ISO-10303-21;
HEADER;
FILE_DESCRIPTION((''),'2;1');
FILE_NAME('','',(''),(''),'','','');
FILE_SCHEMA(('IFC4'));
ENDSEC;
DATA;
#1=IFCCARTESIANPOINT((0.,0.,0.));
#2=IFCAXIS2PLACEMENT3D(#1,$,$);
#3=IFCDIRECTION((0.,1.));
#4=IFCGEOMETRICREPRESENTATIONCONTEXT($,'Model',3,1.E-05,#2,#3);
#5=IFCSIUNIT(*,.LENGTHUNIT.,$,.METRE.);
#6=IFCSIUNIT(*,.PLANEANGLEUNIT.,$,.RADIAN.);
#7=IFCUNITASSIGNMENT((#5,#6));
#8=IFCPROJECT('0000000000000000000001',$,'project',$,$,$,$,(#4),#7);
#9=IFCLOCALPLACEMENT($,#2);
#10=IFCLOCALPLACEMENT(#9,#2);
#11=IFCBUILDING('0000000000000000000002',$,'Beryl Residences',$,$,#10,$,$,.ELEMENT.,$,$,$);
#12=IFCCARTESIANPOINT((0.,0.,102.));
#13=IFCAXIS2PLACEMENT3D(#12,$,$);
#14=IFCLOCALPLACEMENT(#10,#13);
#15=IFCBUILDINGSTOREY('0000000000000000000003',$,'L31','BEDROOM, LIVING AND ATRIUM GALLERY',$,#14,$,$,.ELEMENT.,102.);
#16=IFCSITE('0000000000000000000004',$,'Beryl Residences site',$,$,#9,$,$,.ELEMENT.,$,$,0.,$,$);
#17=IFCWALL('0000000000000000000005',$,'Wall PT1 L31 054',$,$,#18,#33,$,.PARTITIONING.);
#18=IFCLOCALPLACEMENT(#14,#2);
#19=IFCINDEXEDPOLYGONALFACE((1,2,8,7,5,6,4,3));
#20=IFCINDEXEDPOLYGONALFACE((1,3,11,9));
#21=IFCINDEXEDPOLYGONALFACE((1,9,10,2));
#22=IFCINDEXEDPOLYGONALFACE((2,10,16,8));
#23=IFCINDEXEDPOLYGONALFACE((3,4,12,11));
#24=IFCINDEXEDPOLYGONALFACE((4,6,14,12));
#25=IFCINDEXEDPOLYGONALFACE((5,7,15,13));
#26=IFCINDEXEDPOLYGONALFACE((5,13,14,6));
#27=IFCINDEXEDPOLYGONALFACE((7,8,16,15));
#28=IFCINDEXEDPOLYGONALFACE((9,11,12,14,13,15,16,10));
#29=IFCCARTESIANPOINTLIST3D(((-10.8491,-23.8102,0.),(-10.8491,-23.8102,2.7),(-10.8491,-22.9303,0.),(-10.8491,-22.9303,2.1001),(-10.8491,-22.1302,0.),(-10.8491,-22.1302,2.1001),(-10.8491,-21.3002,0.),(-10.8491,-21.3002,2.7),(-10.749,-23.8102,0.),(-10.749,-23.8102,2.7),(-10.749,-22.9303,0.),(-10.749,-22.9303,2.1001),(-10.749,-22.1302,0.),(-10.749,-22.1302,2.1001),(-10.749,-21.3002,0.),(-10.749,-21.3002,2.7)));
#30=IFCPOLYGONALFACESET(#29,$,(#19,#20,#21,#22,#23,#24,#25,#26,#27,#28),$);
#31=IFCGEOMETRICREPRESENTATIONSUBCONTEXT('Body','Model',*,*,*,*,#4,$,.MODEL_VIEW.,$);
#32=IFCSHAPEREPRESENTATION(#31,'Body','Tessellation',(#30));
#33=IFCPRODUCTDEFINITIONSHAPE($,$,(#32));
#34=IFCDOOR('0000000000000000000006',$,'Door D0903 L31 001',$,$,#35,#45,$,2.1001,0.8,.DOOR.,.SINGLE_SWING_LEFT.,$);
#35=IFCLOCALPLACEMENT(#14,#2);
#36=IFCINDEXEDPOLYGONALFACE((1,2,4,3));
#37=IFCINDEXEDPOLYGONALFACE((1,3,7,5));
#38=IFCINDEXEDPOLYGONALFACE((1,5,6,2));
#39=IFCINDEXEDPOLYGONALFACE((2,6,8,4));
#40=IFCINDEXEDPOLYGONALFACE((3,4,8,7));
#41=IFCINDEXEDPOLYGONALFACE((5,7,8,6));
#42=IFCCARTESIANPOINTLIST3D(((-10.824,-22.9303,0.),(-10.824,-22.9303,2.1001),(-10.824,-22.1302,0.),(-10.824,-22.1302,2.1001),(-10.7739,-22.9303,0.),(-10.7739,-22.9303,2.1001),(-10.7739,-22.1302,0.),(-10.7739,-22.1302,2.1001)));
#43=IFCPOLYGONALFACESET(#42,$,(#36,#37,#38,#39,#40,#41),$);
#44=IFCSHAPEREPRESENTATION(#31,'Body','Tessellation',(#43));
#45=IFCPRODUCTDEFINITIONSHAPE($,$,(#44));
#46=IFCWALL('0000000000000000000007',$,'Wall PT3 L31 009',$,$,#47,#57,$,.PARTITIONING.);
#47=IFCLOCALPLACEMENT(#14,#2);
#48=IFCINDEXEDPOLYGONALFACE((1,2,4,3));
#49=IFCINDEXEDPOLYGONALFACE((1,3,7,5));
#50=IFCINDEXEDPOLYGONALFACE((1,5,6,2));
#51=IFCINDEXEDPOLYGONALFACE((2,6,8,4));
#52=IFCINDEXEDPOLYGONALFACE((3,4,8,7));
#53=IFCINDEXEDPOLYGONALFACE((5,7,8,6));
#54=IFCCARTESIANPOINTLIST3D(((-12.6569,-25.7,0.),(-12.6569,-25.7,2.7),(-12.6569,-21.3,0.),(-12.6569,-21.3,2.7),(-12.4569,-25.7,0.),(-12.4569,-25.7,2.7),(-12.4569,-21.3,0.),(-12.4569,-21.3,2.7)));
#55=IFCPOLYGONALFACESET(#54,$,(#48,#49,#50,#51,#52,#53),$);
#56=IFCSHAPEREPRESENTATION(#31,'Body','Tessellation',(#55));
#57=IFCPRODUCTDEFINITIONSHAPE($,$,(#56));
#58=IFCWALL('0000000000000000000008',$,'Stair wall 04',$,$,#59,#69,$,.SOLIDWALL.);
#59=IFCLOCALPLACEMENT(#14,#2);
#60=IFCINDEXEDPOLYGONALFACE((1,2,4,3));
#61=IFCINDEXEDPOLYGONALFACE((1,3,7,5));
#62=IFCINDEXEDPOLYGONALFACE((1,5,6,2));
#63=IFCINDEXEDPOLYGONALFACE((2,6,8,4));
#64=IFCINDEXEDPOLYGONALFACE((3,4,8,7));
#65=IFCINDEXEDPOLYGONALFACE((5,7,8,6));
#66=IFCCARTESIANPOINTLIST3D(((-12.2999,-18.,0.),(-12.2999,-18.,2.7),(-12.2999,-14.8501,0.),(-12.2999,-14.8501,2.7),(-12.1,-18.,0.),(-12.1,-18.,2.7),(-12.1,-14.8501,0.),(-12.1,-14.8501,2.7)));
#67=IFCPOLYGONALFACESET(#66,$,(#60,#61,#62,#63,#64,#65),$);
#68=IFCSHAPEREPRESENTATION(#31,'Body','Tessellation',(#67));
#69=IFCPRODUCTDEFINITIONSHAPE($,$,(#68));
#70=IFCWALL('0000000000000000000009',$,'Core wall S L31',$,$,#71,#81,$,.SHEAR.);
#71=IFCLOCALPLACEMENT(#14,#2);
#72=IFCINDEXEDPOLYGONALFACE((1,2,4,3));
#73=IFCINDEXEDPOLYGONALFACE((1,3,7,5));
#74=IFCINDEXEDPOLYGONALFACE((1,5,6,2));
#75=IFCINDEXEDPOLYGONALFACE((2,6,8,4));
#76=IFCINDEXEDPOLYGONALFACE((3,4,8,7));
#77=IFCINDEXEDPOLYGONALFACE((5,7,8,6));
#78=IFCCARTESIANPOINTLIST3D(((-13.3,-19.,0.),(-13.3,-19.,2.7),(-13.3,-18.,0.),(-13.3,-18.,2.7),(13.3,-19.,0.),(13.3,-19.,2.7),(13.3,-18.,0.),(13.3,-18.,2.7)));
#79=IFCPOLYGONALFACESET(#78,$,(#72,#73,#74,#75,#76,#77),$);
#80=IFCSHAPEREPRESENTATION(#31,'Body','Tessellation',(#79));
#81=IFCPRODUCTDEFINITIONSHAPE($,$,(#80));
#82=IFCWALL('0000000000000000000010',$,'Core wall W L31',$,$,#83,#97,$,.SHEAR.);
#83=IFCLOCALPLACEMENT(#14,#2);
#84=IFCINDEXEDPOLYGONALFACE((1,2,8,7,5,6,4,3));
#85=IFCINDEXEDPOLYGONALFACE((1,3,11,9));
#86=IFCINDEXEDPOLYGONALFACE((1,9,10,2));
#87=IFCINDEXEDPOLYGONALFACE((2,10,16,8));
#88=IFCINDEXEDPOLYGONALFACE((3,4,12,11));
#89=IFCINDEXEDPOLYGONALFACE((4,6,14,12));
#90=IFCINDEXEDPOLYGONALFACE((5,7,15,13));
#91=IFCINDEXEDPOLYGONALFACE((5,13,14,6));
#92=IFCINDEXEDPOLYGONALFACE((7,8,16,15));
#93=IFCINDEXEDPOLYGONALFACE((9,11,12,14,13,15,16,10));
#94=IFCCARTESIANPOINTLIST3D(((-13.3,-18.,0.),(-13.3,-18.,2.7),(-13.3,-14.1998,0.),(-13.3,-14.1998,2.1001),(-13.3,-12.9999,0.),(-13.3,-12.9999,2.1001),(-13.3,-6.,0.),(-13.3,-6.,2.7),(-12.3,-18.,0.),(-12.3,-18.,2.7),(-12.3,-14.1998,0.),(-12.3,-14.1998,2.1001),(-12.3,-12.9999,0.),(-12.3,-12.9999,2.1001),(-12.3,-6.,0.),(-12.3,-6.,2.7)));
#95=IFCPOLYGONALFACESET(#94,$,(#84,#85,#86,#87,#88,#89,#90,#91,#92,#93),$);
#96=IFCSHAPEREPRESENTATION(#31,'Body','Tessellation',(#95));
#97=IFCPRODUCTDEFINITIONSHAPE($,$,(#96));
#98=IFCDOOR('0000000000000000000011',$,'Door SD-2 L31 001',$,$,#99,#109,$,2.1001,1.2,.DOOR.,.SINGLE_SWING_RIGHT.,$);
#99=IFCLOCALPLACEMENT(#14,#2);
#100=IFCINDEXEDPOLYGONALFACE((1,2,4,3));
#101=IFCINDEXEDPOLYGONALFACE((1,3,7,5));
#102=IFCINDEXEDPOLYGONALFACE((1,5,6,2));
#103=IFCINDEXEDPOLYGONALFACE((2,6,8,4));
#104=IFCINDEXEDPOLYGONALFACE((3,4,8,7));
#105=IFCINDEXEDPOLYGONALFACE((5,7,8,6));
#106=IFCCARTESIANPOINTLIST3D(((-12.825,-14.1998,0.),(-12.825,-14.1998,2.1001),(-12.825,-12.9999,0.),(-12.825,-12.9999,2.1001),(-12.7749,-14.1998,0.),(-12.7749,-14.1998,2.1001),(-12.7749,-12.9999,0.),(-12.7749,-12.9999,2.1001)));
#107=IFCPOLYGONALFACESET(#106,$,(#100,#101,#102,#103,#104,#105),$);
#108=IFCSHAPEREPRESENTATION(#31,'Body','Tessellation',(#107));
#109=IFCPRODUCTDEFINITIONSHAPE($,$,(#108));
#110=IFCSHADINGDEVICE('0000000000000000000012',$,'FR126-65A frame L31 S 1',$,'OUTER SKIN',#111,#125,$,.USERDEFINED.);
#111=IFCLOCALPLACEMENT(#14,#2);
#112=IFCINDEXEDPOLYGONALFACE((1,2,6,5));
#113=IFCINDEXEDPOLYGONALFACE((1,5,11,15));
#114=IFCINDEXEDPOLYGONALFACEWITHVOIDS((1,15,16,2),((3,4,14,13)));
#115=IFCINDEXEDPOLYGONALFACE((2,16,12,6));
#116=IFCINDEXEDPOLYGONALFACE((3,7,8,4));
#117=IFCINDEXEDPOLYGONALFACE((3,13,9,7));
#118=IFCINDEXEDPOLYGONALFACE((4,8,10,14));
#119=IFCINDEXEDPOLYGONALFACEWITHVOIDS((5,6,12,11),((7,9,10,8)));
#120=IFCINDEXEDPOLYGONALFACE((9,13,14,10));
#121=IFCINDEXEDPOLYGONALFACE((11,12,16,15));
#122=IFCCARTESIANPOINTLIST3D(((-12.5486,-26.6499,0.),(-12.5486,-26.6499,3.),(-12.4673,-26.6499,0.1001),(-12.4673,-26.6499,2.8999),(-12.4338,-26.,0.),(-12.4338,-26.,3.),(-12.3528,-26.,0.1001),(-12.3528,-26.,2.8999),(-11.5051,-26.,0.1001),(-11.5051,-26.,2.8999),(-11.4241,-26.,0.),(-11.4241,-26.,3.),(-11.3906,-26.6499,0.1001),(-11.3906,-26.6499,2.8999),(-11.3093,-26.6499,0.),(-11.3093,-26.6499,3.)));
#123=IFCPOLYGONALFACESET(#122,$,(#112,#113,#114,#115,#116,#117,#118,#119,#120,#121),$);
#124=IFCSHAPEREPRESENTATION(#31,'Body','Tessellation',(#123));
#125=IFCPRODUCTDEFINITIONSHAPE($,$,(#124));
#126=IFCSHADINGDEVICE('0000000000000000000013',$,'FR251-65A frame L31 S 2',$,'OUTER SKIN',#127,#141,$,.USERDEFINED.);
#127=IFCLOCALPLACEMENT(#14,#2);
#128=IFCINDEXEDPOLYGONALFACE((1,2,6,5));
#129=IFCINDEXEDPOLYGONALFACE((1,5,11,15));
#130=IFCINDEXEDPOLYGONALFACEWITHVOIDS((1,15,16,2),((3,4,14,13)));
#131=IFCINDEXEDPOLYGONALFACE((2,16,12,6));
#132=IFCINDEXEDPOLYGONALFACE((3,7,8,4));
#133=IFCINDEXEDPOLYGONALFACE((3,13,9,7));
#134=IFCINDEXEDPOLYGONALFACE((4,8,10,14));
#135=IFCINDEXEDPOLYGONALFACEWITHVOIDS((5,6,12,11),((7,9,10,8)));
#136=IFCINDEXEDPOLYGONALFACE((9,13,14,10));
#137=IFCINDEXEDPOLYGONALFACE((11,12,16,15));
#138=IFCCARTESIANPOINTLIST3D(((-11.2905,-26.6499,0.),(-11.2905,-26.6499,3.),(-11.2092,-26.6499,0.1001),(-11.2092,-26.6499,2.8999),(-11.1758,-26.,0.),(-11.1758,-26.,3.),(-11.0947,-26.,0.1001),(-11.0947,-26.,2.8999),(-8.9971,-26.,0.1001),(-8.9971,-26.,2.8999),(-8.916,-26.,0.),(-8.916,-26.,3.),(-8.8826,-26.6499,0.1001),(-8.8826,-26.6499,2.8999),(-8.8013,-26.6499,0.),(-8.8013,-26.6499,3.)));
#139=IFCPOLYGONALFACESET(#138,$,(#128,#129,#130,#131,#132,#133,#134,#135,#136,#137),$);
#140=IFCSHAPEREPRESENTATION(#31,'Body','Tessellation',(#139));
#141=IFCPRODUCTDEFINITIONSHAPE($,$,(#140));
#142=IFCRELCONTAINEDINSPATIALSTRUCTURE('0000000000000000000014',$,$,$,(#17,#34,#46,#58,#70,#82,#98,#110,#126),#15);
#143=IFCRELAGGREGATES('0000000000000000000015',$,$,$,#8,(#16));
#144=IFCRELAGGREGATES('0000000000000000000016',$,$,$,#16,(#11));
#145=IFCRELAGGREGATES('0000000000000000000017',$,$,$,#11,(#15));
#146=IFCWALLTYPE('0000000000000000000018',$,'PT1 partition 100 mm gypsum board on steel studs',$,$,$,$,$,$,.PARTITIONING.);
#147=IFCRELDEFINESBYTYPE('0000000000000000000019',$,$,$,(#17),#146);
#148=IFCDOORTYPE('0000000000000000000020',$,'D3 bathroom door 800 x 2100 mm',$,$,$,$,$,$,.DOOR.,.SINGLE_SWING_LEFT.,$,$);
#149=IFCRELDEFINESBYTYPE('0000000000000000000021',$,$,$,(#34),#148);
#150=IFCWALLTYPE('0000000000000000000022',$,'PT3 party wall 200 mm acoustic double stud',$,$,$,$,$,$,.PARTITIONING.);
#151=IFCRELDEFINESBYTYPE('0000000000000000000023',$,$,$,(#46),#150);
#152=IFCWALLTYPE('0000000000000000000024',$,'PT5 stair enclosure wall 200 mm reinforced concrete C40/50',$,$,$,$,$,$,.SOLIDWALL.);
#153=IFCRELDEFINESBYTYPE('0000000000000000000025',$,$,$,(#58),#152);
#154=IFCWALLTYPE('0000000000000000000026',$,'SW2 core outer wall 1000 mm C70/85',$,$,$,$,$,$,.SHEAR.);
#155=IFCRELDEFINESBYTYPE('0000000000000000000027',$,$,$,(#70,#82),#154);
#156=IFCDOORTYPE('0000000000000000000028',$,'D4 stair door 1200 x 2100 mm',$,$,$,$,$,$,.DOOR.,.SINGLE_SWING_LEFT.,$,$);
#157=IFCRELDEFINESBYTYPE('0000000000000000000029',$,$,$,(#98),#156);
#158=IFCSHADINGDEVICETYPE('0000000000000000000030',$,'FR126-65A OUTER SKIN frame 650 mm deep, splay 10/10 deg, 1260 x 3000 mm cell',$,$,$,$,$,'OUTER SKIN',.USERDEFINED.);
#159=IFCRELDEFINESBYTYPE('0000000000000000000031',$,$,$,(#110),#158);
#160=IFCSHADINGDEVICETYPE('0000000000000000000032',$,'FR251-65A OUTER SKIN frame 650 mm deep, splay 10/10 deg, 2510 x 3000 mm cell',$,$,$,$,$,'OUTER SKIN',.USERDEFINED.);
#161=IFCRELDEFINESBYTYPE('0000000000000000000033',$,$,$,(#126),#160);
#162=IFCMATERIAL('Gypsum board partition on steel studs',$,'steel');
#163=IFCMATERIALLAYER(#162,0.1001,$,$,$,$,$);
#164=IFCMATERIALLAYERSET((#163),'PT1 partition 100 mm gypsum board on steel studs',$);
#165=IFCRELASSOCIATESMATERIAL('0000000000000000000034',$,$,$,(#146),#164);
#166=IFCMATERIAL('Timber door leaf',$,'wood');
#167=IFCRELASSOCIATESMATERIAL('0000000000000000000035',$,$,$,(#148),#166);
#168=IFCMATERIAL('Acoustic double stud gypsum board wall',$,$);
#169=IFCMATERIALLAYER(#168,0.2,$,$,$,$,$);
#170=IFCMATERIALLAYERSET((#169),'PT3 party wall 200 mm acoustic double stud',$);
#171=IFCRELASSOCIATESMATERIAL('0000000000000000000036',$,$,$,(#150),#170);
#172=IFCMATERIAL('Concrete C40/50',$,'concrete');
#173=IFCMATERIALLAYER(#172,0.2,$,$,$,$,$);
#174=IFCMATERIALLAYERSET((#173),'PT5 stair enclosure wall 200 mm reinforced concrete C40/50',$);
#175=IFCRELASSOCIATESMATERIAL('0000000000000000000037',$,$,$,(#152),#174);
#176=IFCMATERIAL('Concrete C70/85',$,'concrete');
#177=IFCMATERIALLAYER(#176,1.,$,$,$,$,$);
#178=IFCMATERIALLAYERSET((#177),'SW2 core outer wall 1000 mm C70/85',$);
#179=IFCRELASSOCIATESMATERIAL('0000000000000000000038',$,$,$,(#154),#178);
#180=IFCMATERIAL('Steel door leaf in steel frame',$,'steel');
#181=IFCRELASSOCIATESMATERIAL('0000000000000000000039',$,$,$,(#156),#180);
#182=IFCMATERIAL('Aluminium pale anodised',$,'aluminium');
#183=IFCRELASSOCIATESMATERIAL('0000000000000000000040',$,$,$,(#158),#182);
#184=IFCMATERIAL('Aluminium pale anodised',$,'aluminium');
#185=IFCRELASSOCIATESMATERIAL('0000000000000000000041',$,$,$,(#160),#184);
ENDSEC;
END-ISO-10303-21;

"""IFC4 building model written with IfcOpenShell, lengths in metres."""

from ifc_helpers import new_model, entity, si_unit, direction, frame, frame_2d, origin, place, context, subcontext, project, spatial, rectangle, extrude, source, transform, mapped, material, layer, layer_set, type_object, type_shapes, element, fill, save


model = new_model("IFC4")

# Units and contexts
model_context = context("Model", 3, precision=1e-05, world=origin(), true_north=direction((0.0, 1.0)))
body_context = subcontext(model_context, "Body", "Model", "MODEL_VIEW")
ifc_project = project(units=[si_unit("LENGTHUNIT", "METRE"), si_unit("PLANEANGLEUNIT", "RADIAN")], contexts=[model_context])

# Site, building, storey
site_placement = place(None, origin())
site = spatial("IfcSite", under=ifc_project, at=site_placement, Name="Beryl Residences site", CompositionType="ELEMENT", RefElevation=0.0)
building_placement = place(site_placement, origin())
building = spatial("IfcBuilding", under=site, at=building_placement, Name="Beryl Residences", CompositionType="ELEMENT")
storey_placement = place(building_placement, frame((0.0, 0.0, 102.0)))
storey = spatial("IfcBuildingStorey", under=building, at=storey_placement, Name="L31", Description="BEDROOM, LIVING AND ATRIUM GALLERY", CompositionType="ELEMENT", Elevation=102.0)

# Shared definitions
ifc_material_1 = material(Name="Gypsum board partition on steel studs", Category="steel")
ifc_layer_1 = layer(ifc_material_1, 0.1001)
ifc_layer_set_1 = layer_set([ifc_layer_1], Name="PT1 partition 100 mm gypsum board on steel studs")
wall_type_1 = type_object("IfcWallType", Name="PT1 partition 100 mm gypsum board on steel studs", PredefinedType="PARTITIONING", material=ifc_layer_set_1)

# Wall, opening, door
wall_1_placement = place(storey_placement, frame((-10.7991, -23.8101, 0.0), z_axis=(0.0, 0.0, 1.0), x_axis=(0.0, 1.0, 0.0)))
wall_1 = element("IfcWall", 1, at=wall_1_placement, inside=storey, type_object=wall_type_1, Name="Wall PT1 L31 054", PredefinedType="PARTITIONING", context=body_context, shape_type="SweptSolid", body=[
    extrude(rectangle(XDim=2.51, YDim=0.1001, at=frame_2d((1.2549, 0.0))), origin(), (0.0, 0.0, 1.0), 2.7),
])
opening_1_placement = place(wall_1_placement, frame((0.8799, 0.0, 0.0)))
opening_1 = element("IfcOpeningElement", 2, at=opening_1_placement, cuts=wall_1, PredefinedType="OPENING", context=body_context, shape_type="SweptSolid", body=[
    extrude(rectangle(XDim=0.8, YDim=2.1001, at=frame_2d((0.3999, 1.05))), frame((0.0, 0.0601, 0.0), z_axis=(0.0, -1.0, 0.0), x_axis=(1.0, 0.0, 0.0)), (0.0, 0.0, 1.0), 0.1201),
])
ifc_material_2 = material(Name="Timber door leaf", Category="wood")
door_type_1 = type_object("IfcDoorType", Name="D3 bathroom door 800 x 2100 mm", OperationType="SINGLE_SWING_LEFT", PredefinedType="DOOR", material=ifc_material_2)
door_1_placement = place(opening_1_placement, origin())
door_1 = element("IfcDoor", 3, at=door_1_placement, inside=storey, type_object=door_type_1, Name="Door D0903 L31 001", OperationType="SINGLE_SWING_LEFT", OverallHeight=2.1001, OverallWidth=0.8, PredefinedType="DOOR", context=body_context, shape_type="SweptSolid", body=[
    extrude(rectangle(XDim=0.8, YDim=2.1001, at=frame_2d((0.3999, 1.05))), frame((0.0, 0.0249, 0.0), z_axis=(0.0, -1.0, 0.0), x_axis=(1.0, 0.0, 0.0)), (0.0, 0.0, 1.0), 0.05),
])
fill(opening_1, door_1)

# Walls
ifc_material_3 = material(Name="Acoustic double stud gypsum board wall")
ifc_layer_2 = layer(ifc_material_3, 0.2)
ifc_layer_set_2 = layer_set([ifc_layer_2], Name="PT3 party wall 200 mm acoustic double stud")
wall_type_2 = type_object("IfcWallType", Name="PT3 party wall 200 mm acoustic double stud", PredefinedType="PARTITIONING", material=ifc_layer_set_2)
wall_2_placement = place(storey_placement, frame((-12.5569, -25.7, 0.0), z_axis=(0.0, 0.0, 1.0), x_axis=(0.0, 1.0, 0.0)))
element("IfcWall", 4, at=wall_2_placement, inside=storey, type_object=wall_type_2, Name="Wall PT3 L31 009", PredefinedType="PARTITIONING", context=body_context, shape_type="SweptSolid", body=[
    extrude(rectangle(XDim=4.3999, YDim=0.2, at=frame_2d((2.2, 0.0))), origin(), (0.0, 0.0, 1.0), 2.7),
])
ifc_material_4 = material(Name="Concrete C40/50", Category="concrete")
ifc_layer_3 = layer(ifc_material_4, 0.2)
ifc_layer_set_3 = layer_set([ifc_layer_3], Name="PT5 stair enclosure wall 200 mm reinforced concrete C40/50")
wall_type_3 = type_object("IfcWallType", Name="PT5 stair enclosure wall 200 mm reinforced concrete C40/50", PredefinedType="SOLIDWALL", material=ifc_layer_set_3)
wall_3_placement = place(storey_placement, frame((-12.2, -18.0, 0.0), z_axis=(0.0, 0.0, 1.0), x_axis=(0.0, 1.0, 0.0)))
element("IfcWall", 5, at=wall_3_placement, inside=storey, type_object=wall_type_3, Name="Stair wall 04", PredefinedType="SOLIDWALL", context=body_context, shape_type="SweptSolid", body=[
    extrude(rectangle(XDim=3.1499, YDim=0.2, at=frame_2d((1.575, 0.0))), origin(), (0.0, 0.0, 1.0), 2.7),
])
ifc_material_5 = material(Name="Concrete C70/85", Category="concrete")
ifc_layer_4 = layer(ifc_material_5, 1.0)
ifc_layer_set_4 = layer_set([ifc_layer_4], Name="SW2 core outer wall 1000 mm C70/85")
wall_type_4 = type_object("IfcWallType", Name="SW2 core outer wall 1000 mm C70/85", PredefinedType="SHEAR", material=ifc_layer_set_4)
wall_4_placement = place(storey_placement, frame((-13.3, -18.5, 0.0), z_axis=(0.0, 0.0, 1.0), x_axis=(1.0, 0.0, 0.0)))
element("IfcWall", 6, at=wall_4_placement, inside=storey, type_object=wall_type_4, Name="Core wall S L31", PredefinedType="SHEAR", context=body_context, shape_type="SweptSolid", body=[
    extrude(rectangle(XDim=26.6001, YDim=1.0, at=frame_2d((13.3, 0.0))), origin(), (0.0, 0.0, 1.0), 2.7),
])

# Wall, opening, door
wall_5_placement = place(storey_placement, frame((-12.8, -18.0, 0.0), z_axis=(0.0, 0.0, 1.0), x_axis=(0.0, 1.0, 0.0)))
wall_5 = element("IfcWall", 7, at=wall_5_placement, inside=storey, type_object=wall_type_4, Name="Core wall W L31", PredefinedType="SHEAR", context=body_context, shape_type="SweptSolid", body=[
    extrude(rectangle(XDim=12.0, YDim=1.0, at=frame_2d((6.0, 0.0))), origin(), (0.0, 0.0, 1.0), 2.7),
])
opening_2_placement = place(wall_5_placement, frame((3.8, 0.0, 0.0)))
opening_2 = element("IfcOpeningElement", 8, at=opening_2_placement, cuts=wall_5, PredefinedType="OPENING", context=body_context, shape_type="SweptSolid", body=[
    extrude(rectangle(XDim=1.2, YDim=2.1001, at=frame_2d((0.6001, 1.05))), frame((0.0, 0.51, 0.0), z_axis=(0.0, -1.0, 0.0), x_axis=(1.0, 0.0, 0.0)), (0.0, 0.0, 1.0), 1.02),
])
ifc_material_6 = material(Name="Steel door leaf in steel frame", Category="steel")
door_type_2 = type_object("IfcDoorType", Name="D4 stair door 1200 x 2100 mm", OperationType="SINGLE_SWING_LEFT", PredefinedType="DOOR", material=ifc_material_6)
door_2_placement = place(opening_2_placement, origin())
door_2 = element("IfcDoor", 9, at=door_2_placement, inside=storey, type_object=door_type_2, Name="Door SD-2 L31 001", OperationType="SINGLE_SWING_RIGHT", OverallHeight=2.1001, OverallWidth=1.2, PredefinedType="DOOR", context=body_context, shape_type="SweptSolid", body=[
    extrude(rectangle(XDim=1.2, YDim=2.1001, at=frame_2d((0.6001, 1.05))), frame((0.0, 0.0249, 0.0), z_axis=(0.0, -1.0, 0.0), x_axis=(1.0, 0.0, 0.0)), (0.0, 0.0, 1.0), 0.05),
])
fill(opening_2, door_2)

# Shading devices
ifc_material_7 = material(Name="Aluminium pale anodised", Category="aluminium")
shading_device_type_1 = type_object("IfcShadingDeviceType", Name="FR126-65A OUTER SKIN frame 650 mm deep, splay 10/10 deg, 1260 x 3000 mm cell", ElementType="OUTER SKIN", PredefinedType="USERDEFINED", material=ifc_material_7)
cartesian_point_1 = entity("IfcCartesianPoint", [-0.5049, 0.0])
cartesian_point_2 = entity("IfcCartesianPoint", [-0.4238, 0.1001])
cartesian_point_3 = entity("IfcCartesianPoint", [-0.6196, 0.0])
cartesian_point_4 = entity("IfcCartesianPoint", [-0.5383, 0.1001])
shared_shape_1 = source(origin(), body_context, "Body", "SweptSolid", [
    entity("IfcExtrudedAreaSolidTapered", entity("IfcArbitraryProfileDefWithVoids", "AREA", None, entity("IfcPolyline", [cartesian_point_1, entity("IfcCartesianPoint", [0.5049, 0.0]), entity("IfcCartesianPoint", [0.5049, 3.0]), entity("IfcCartesianPoint", [-0.5049, 3.0]), cartesian_point_1]), [entity("IfcPolyline", [cartesian_point_2, entity("IfcCartesianPoint", [0.4238, 0.1001]), entity("IfcCartesianPoint", [0.4238, 2.8999]), entity("IfcCartesianPoint", [-0.4238, 2.8999]), cartesian_point_2])]), entity("IfcAxis2Placement3D", entity("IfcCartesianPoint", [0.0, 0.0, 0.0]), entity("IfcDirection", [0.0, 1.0, 0.0]), entity("IfcDirection", [-1.0, 0.0, 0.0])), entity("IfcDirection", [0.0, 0.0, 1.0]), 0.6499, entity("IfcArbitraryProfileDefWithVoids", "AREA", None, entity("IfcPolyline", [cartesian_point_3, entity("IfcCartesianPoint", [0.6196, 0.0]), entity("IfcCartesianPoint", [0.6196, 3.0]), entity("IfcCartesianPoint", [-0.6196, 3.0]), cartesian_point_3]), [entity("IfcPolyline", [cartesian_point_4, entity("IfcCartesianPoint", [0.5383, 0.1001]), entity("IfcCartesianPoint", [0.5383, 2.8999]), entity("IfcCartesianPoint", [-0.5383, 2.8999]), cartesian_point_4])])),
])
type_shapes(shading_device_type_1, [shared_shape_1])
shading_device_1_placement = place(storey_placement, frame((-11.929, -26.0, 0.0), z_axis=(0.0, 0.0, 1.0), x_axis=(-1.0, 0.0, 0.0)))
element("IfcShadingDevice", 10, at=shading_device_1_placement, inside=storey, type_object=shading_device_type_1, Name="FR126-65A frame L31 S 1", ObjectType="OUTER SKIN", PredefinedType="USERDEFINED", context=body_context, shape_type="MappedRepresentation", body=[
    mapped(shared_shape_1, transform((0.0, 0.0, 0.0))),
])
ifc_material_8 = material(Name="Aluminium pale anodised", Category="aluminium")
shading_device_type_2 = type_object("IfcShadingDeviceType", Name="FR251-65A OUTER SKIN frame 650 mm deep, splay 10/10 deg, 2510 x 3000 mm cell", ElementType="OUTER SKIN", PredefinedType="USERDEFINED", material=ifc_material_8)
cartesian_point_5 = entity("IfcCartesianPoint", [-1.1299, 0.0])
cartesian_point_6 = entity("IfcCartesianPoint", [-1.0488, 0.1001])
cartesian_point_7 = entity("IfcCartesianPoint", [-1.2446, 0.0])
cartesian_point_8 = entity("IfcCartesianPoint", [-1.1633, 0.1001])
shared_shape_2 = source(origin(), body_context, "Body", "SweptSolid", [
    entity("IfcExtrudedAreaSolidTapered", entity("IfcArbitraryProfileDefWithVoids", "AREA", None, entity("IfcPolyline", [cartesian_point_5, entity("IfcCartesianPoint", [1.1299, 0.0]), entity("IfcCartesianPoint", [1.1299, 3.0]), entity("IfcCartesianPoint", [-1.1299, 3.0]), cartesian_point_5]), [entity("IfcPolyline", [cartesian_point_6, entity("IfcCartesianPoint", [1.0488, 0.1001]), entity("IfcCartesianPoint", [1.0488, 2.8999]), entity("IfcCartesianPoint", [-1.0488, 2.8999]), cartesian_point_6])]), entity("IfcAxis2Placement3D", entity("IfcCartesianPoint", [0.0, 0.0, 0.0]), entity("IfcDirection", [0.0, 1.0, 0.0]), entity("IfcDirection", [-1.0, 0.0, 0.0])), entity("IfcDirection", [0.0, 0.0, 1.0]), 0.6499, entity("IfcArbitraryProfileDefWithVoids", "AREA", None, entity("IfcPolyline", [cartesian_point_7, entity("IfcCartesianPoint", [1.2446, 0.0]), entity("IfcCartesianPoint", [1.2446, 3.0]), entity("IfcCartesianPoint", [-1.2446, 3.0]), cartesian_point_7]), [entity("IfcPolyline", [cartesian_point_8, entity("IfcCartesianPoint", [1.1633, 0.1001]), entity("IfcCartesianPoint", [1.1633, 2.8999]), entity("IfcCartesianPoint", [-1.1633, 2.8999]), cartesian_point_8])])),
])
type_shapes(shading_device_type_2, [shared_shape_2])
shading_device_2_placement = place(storey_placement, frame((-10.0459, -26.0, 0.0), z_axis=(0.0, 0.0, 1.0), x_axis=(-1.0, 0.0, 0.0)))
element("IfcShadingDevice", 11, at=shading_device_2_placement, inside=storey, type_object=shading_device_type_2, Name="FR251-65A frame L31 S 2", ObjectType="OUTER SKIN", PredefinedType="USERDEFINED", context=body_context, shape_type="MappedRepresentation", body=[
    mapped(shared_shape_2, transform((0.0, 0.0, 0.0))),
])

save(model, "model.ifc")
